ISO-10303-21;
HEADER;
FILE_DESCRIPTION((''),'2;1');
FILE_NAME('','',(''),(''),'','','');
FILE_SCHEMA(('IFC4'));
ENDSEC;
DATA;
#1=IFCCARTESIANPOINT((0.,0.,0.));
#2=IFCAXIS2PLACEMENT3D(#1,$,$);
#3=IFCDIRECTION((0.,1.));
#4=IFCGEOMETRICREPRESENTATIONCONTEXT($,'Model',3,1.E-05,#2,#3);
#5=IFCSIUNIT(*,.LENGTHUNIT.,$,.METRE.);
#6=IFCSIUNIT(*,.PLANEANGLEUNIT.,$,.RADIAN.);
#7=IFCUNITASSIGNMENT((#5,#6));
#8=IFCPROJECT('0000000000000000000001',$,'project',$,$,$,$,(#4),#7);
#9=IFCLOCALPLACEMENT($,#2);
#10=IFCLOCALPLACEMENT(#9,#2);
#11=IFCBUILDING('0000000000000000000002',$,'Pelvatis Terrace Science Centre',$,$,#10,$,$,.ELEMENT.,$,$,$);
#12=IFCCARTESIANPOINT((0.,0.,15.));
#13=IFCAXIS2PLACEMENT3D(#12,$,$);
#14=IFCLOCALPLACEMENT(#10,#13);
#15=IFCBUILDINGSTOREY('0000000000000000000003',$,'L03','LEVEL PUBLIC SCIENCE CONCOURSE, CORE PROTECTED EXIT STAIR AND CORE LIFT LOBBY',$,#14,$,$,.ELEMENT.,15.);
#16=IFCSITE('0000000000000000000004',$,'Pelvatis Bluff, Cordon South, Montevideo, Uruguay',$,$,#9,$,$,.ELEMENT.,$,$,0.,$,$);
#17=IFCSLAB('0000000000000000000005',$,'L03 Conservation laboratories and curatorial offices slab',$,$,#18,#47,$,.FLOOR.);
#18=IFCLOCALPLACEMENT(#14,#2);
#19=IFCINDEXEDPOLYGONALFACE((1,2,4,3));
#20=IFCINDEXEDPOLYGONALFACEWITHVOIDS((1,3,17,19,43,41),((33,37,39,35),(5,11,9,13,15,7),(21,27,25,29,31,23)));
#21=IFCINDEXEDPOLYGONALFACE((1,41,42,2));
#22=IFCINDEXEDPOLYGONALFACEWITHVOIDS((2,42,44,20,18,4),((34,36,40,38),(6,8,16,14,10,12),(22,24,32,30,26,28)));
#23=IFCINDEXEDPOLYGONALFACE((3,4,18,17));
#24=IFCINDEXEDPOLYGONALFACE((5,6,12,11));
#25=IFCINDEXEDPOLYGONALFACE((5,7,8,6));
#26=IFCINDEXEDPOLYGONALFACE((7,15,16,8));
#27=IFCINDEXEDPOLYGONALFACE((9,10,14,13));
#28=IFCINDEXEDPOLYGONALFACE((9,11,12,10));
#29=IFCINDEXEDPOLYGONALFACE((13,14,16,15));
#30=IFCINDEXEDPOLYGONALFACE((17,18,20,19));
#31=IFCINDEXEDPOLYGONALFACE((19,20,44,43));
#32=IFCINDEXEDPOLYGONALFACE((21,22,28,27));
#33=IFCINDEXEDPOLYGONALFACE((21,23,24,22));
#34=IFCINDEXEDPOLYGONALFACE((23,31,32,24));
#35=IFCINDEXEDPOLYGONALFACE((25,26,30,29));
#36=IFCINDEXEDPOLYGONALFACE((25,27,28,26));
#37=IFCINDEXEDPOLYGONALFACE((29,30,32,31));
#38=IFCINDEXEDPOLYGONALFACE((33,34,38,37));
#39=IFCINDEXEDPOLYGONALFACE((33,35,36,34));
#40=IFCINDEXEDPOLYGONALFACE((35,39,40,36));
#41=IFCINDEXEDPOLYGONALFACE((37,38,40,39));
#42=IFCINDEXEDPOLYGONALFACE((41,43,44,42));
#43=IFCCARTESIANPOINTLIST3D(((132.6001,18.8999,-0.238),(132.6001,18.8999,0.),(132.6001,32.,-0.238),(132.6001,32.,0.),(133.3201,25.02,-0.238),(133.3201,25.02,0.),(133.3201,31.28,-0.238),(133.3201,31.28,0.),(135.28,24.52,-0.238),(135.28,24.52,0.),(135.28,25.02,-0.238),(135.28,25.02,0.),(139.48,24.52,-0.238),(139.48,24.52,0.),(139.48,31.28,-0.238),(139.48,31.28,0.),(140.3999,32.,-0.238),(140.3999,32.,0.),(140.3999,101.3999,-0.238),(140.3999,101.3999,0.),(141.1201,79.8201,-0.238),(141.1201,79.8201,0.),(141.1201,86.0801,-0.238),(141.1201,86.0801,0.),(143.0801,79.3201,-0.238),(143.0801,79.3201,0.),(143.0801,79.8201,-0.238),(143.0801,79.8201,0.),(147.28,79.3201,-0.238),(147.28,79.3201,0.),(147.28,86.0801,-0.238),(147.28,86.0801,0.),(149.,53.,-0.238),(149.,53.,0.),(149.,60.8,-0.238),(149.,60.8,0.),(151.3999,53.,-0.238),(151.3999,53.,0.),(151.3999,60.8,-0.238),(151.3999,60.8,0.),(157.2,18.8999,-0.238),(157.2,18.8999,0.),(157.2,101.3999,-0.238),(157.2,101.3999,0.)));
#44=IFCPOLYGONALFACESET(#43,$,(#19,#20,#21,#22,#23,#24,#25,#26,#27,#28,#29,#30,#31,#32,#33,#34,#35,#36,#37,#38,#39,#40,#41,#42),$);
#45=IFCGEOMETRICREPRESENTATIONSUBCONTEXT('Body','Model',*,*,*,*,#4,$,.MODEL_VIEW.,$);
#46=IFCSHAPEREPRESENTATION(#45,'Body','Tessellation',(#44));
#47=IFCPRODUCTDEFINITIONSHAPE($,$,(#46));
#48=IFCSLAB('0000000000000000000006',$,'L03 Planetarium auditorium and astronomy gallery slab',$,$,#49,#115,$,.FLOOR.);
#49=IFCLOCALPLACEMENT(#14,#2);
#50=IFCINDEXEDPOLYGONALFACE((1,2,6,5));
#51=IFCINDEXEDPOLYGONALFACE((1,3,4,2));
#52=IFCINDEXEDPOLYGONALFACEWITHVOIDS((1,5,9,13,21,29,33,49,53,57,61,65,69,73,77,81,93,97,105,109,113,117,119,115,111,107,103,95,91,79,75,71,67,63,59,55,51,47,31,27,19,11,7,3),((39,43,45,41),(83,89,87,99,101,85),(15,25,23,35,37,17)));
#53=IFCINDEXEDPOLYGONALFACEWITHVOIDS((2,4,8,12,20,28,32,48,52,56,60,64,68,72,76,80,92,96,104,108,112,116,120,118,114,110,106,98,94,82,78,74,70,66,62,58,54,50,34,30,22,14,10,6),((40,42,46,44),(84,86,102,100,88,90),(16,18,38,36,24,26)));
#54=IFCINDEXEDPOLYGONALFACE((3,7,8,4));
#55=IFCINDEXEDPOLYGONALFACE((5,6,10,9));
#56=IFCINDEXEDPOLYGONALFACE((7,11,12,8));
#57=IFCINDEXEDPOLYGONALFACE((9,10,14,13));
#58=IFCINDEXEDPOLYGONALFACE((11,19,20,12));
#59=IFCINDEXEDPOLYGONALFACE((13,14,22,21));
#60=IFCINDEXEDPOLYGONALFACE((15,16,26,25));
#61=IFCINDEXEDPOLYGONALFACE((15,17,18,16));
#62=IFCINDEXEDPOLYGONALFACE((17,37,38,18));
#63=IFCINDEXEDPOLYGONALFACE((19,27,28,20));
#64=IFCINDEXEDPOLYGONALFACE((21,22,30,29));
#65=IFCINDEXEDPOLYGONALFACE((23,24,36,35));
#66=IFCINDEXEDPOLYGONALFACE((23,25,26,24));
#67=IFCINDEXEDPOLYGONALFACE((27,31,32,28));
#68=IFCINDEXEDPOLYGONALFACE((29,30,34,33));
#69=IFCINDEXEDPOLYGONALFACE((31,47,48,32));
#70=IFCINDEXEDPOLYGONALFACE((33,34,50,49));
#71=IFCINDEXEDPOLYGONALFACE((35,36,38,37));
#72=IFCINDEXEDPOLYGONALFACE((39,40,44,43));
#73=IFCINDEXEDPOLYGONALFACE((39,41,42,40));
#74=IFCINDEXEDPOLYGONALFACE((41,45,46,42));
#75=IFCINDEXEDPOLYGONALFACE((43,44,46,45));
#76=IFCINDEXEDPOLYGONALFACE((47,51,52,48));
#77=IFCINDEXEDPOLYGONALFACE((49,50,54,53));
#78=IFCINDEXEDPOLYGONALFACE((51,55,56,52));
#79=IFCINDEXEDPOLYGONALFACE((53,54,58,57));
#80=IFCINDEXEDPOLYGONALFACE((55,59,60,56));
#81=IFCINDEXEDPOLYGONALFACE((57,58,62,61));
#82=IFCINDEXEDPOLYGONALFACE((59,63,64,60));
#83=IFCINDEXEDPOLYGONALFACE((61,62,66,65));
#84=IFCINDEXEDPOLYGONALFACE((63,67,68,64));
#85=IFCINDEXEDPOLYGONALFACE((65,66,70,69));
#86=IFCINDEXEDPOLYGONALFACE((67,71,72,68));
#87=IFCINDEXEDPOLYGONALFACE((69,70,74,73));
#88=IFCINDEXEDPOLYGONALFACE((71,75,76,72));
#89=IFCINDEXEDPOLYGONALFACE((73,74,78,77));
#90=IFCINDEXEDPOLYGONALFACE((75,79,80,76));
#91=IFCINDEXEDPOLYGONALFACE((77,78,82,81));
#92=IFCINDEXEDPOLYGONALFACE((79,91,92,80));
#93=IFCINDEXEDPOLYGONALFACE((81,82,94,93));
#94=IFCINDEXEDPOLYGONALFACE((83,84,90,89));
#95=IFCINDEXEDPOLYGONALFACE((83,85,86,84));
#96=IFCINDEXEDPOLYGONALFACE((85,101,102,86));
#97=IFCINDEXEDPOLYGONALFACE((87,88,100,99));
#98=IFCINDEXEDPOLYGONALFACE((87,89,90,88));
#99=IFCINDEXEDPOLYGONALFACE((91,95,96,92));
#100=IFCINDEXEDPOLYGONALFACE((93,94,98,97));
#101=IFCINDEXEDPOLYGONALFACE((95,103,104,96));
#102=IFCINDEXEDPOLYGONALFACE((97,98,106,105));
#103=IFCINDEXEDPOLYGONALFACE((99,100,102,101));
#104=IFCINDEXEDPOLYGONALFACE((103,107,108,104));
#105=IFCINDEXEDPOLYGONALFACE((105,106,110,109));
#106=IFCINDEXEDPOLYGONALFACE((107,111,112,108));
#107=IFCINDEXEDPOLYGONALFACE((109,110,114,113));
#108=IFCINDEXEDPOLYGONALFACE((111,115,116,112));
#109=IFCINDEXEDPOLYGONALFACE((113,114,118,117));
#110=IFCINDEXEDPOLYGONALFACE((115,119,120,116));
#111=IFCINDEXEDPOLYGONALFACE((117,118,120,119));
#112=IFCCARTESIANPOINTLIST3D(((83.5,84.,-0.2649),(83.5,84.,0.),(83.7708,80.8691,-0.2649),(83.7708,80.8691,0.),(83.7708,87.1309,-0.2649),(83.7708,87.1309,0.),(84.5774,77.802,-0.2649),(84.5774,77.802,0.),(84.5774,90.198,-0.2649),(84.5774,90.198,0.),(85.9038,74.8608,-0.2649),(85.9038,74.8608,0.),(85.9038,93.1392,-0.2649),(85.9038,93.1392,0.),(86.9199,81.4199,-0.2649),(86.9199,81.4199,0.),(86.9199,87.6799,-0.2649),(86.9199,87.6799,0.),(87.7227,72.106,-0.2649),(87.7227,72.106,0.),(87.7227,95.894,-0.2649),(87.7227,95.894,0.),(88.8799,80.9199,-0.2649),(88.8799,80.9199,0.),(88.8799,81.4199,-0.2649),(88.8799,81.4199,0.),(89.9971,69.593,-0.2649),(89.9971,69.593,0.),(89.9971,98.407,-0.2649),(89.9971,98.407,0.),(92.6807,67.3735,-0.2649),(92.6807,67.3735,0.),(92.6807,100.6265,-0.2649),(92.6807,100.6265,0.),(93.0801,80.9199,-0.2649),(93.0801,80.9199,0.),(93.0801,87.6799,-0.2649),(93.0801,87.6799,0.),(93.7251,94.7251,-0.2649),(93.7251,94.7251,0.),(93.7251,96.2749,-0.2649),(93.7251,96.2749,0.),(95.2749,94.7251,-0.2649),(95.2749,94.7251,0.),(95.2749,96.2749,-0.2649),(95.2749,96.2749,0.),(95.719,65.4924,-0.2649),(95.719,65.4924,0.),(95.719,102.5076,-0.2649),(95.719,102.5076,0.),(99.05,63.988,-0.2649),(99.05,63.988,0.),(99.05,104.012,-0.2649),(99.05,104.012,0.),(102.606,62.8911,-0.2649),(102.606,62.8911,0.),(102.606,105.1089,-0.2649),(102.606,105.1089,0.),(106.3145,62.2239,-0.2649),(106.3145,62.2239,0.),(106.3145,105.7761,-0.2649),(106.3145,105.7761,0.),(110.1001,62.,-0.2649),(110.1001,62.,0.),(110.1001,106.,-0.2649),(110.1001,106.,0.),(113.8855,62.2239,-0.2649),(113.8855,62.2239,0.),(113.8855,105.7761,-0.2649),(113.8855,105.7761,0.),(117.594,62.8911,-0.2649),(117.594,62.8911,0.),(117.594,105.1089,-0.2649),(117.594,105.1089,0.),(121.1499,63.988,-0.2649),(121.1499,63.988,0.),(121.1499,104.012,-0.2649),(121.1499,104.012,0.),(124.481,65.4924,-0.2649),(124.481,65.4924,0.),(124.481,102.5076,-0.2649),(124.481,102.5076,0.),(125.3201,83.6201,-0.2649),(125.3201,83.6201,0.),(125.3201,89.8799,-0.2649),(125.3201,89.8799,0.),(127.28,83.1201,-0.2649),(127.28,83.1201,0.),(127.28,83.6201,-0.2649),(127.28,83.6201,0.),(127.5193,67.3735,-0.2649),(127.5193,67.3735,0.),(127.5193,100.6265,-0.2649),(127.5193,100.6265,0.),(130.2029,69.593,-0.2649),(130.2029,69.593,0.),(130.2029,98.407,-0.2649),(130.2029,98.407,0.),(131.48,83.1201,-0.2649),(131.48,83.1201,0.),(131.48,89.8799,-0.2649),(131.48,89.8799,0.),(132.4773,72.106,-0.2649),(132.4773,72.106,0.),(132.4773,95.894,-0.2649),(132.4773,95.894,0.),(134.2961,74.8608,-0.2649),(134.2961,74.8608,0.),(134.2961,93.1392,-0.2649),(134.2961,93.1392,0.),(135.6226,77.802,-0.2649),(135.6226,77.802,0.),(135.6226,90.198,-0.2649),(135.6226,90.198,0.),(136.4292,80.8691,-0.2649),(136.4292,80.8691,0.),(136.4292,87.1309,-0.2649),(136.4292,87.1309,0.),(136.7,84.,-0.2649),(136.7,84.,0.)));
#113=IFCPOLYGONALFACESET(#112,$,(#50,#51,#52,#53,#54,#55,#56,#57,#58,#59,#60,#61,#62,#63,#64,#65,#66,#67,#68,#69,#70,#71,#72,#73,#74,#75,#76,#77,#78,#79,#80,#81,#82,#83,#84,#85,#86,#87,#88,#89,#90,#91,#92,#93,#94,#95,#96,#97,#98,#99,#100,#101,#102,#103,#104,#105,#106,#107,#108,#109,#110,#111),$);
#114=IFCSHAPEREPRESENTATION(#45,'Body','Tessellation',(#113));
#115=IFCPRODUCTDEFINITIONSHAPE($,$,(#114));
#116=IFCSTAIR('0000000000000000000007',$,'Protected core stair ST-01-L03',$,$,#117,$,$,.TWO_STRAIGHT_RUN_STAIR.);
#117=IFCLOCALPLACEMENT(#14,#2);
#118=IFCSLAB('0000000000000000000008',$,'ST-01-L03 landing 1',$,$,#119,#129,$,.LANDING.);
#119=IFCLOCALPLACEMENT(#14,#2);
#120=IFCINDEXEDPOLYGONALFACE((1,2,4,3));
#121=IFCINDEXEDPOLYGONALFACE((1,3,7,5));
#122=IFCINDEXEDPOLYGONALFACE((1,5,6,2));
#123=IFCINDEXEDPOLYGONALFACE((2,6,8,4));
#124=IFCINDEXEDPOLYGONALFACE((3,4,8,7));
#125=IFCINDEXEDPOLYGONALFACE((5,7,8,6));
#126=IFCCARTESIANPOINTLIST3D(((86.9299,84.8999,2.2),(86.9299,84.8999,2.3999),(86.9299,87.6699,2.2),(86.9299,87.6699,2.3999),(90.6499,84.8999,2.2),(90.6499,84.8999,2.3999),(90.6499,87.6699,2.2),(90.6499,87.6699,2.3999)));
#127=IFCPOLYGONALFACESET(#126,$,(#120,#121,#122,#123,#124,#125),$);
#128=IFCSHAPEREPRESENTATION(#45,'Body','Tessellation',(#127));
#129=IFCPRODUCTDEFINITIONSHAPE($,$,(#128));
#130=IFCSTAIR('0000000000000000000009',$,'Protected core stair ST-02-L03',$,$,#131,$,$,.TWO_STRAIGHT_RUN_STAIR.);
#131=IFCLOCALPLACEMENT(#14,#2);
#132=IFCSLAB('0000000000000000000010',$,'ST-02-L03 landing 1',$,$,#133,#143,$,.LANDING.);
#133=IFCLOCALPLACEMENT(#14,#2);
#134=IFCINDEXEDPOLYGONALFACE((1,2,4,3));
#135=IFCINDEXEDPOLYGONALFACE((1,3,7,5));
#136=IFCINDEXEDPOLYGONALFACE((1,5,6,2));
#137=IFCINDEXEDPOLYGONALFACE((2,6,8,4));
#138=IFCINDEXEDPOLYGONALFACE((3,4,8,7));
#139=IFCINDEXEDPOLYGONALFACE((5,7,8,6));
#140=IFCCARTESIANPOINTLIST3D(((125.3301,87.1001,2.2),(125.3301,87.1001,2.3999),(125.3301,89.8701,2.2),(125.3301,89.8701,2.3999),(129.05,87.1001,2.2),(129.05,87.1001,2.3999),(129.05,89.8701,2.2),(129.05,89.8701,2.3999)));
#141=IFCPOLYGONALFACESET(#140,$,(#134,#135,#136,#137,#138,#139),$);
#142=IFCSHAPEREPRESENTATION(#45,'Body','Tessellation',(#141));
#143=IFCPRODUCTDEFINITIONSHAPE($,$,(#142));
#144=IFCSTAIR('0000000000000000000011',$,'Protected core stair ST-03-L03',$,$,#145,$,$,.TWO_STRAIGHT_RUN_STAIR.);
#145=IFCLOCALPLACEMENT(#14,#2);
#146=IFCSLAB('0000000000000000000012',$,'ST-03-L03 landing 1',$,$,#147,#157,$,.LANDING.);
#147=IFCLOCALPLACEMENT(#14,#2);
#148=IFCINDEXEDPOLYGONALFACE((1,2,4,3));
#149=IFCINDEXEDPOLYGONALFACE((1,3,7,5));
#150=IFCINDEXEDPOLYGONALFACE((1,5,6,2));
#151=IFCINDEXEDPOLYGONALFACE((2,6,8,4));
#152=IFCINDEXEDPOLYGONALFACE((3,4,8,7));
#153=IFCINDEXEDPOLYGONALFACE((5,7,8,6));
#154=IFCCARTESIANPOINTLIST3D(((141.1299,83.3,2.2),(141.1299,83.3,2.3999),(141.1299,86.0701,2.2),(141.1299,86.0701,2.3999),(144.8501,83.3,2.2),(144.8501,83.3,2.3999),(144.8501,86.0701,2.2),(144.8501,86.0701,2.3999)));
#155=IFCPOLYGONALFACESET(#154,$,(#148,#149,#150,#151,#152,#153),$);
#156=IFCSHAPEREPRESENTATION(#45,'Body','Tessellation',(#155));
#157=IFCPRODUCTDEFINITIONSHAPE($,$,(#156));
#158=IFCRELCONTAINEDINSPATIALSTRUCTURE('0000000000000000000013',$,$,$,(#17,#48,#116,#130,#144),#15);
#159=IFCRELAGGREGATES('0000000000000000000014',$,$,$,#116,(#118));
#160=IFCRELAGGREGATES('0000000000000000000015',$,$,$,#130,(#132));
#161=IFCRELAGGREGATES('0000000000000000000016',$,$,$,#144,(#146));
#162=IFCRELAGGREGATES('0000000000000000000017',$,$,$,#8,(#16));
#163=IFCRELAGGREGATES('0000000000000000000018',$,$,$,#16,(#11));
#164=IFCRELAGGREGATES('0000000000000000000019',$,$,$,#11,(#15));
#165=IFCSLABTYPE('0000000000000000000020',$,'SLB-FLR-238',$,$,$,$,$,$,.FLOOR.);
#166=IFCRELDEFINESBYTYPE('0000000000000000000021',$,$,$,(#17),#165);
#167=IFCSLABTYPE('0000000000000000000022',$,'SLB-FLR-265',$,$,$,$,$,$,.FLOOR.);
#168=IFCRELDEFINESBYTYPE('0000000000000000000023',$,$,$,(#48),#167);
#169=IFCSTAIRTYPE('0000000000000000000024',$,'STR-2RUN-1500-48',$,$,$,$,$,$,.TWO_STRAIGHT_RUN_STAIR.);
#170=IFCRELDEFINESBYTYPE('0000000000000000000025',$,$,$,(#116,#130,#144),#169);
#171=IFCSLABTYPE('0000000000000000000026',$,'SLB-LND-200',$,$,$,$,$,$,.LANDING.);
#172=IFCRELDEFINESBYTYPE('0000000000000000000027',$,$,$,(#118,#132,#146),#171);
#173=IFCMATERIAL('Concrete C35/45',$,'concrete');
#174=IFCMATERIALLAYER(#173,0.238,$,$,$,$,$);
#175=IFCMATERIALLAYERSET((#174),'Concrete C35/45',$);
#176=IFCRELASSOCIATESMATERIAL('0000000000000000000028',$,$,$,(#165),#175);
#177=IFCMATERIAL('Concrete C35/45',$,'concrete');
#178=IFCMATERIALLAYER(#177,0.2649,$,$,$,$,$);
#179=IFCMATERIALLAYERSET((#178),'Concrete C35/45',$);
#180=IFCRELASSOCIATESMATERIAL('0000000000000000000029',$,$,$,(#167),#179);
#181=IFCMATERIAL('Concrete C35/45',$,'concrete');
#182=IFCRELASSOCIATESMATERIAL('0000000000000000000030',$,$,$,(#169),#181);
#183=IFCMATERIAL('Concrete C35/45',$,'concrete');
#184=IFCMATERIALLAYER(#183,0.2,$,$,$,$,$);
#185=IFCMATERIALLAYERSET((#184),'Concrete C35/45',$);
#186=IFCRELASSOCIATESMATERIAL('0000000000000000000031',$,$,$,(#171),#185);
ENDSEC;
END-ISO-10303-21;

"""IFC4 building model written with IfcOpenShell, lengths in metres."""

from ifc_helpers import new_model, si_unit, direction, frame, origin, place, context, subcontext, project, spatial, polyline, outline, extrude, material, layer, layer_set, type_object, element, aggregate, save


model = new_model("IFC4")

# Units and contexts
model_context = context("Model", 3, precision=1e-05, world=origin(), true_north=direction((0.0, 1.0)))
body_context = subcontext(model_context, "Body", "Model", "MODEL_VIEW")
ifc_project = project(units=[si_unit("LENGTHUNIT", "METRE"), si_unit("PLANEANGLEUNIT", "RADIAN")], contexts=[model_context])

# Site, building, storey
site_placement = place(None, origin())
site = spatial("IfcSite", under=ifc_project, at=site_placement, Name="Pelvatis Bluff, Cordon South, Montevideo, Uruguay", CompositionType="ELEMENT", RefElevation=0.0)
building_placement = place(site_placement, origin())
building = spatial("IfcBuilding", under=site, at=building_placement, Name="Pelvatis Terrace Science Centre", CompositionType="ELEMENT")
storey_placement = place(building_placement, frame((0.0, 0.0, 15.0)))
storey = spatial("IfcBuildingStorey", under=building, at=storey_placement, Name="L03", Description="LEVEL PUBLIC SCIENCE CONCOURSE, CORE PROTECTED EXIT STAIR AND CORE LIFT LOBBY", CompositionType="ELEMENT", Elevation=15.0)

# Slabs
ifc_material_1 = material(Name="Concrete C35/45", Category="concrete")
ifc_layer_1 = layer(ifc_material_1, 0.238)
ifc_layer_set_1 = layer_set([ifc_layer_1], Name="Concrete C35/45")
slab_type_1 = type_object("IfcSlabType", Name="SLB-FLR-238", PredefinedType="FLOOR", material=ifc_layer_set_1)
slab_1_placement = place(storey_placement, frame((0.0, 0.0, -0.238)))
element("IfcSlab", 1, at=slab_1_placement, inside=storey, type_object=slab_type_1, Name="L03 Conservation laboratories and curatorial offices slab", PredefinedType="FLOOR", context=body_context, shape_type="SweptSolid", body=[
    extrude(outline(polyline([(140.3999, 32.0), (140.3999, 101.3999), (157.2, 101.3999), (157.2, 18.8999), (132.6001, 18.8999), (132.6001, 32.0), (140.3999, 32.0)]), holes=[polyline([(133.3201, 25.02), (135.28, 25.02), (135.28, 24.52), (139.48, 24.52), (139.48, 31.28), (133.3201, 31.28), (133.3201, 25.02)]), polyline([(149.0, 60.8), (149.0, 53.0), (151.3999, 53.0), (151.3999, 60.8), (149.0, 60.8)]), polyline([(141.1201, 86.0801), (141.1201, 79.8201), (143.0801, 79.8201), (143.0801, 79.3201), (147.28, 79.3201), (147.28, 86.0801), (141.1201, 86.0801)])]), origin(), (0.0, 0.0, 1.0), 0.238),
])
ifc_material_2 = material(Name="Concrete C35/45", Category="concrete")
ifc_layer_2 = layer(ifc_material_2, 0.2649)
ifc_layer_set_2 = layer_set([ifc_layer_2], Name="Concrete C35/45")
slab_type_2 = type_object("IfcSlabType", Name="SLB-FLR-265", PredefinedType="FLOOR", material=ifc_layer_set_2)
slab_2_placement = place(storey_placement, frame((0.0, 0.0, -0.2649)))
element("IfcSlab", 2, at=slab_2_placement, inside=storey, type_object=slab_type_2, Name="L03 Planetarium auditorium and astronomy gallery slab", PredefinedType="FLOOR", context=body_context, shape_type="SweptSolid", body=[
    extrude(outline(polyline([(136.4292, 80.8691), (135.6226, 77.802), (134.2961, 74.8608), (132.4773, 72.106), (130.2029, 69.593), (127.5193, 67.3735), (124.481, 65.4924), (121.1499, 63.988), (117.594, 62.8911), (113.8855, 62.2239), (110.1001, 62.0), (106.3145, 62.2239), (102.606, 62.8911), (99.05, 63.988), (95.719, 65.4924), (92.6807, 67.3735), (89.9971, 69.593), (87.7227, 72.106), (85.9038, 74.8608), (84.5774, 77.802), (83.7708, 80.8691), (83.5, 84.0), (83.7708, 87.1309), (84.5774, 90.198), (85.9038, 93.1392), (87.7227, 95.894), (89.9971, 98.407), (92.6807, 100.6265), (95.719, 102.5076), (99.05, 104.012), (102.606, 105.1089), (106.3145, 105.7761), (110.1001, 106.0), (113.8855, 105.7761), (117.594, 105.1089), (121.1499, 104.012), (124.481, 102.5076), (127.5193, 100.6265), (130.2029, 98.407), (132.4773, 95.894), (134.2961, 93.1392), (135.6226, 90.198), (136.4292, 87.1309), (136.7, 84.0), (136.4292, 80.8691)]), holes=[polyline([(86.9199, 81.4199), (88.8799, 81.4199), (88.8799, 80.9199), (93.0801, 80.9199), (93.0801, 87.6799), (86.9199, 87.6799), (86.9199, 81.4199)]), polyline([(125.3201, 89.8799), (125.3201, 83.6201), (127.28, 83.6201), (127.28, 83.1201), (131.48, 83.1201), (131.48, 89.8799), (125.3201, 89.8799)]), polyline([(93.7251, 96.2749), (93.7251, 94.7251), (95.2749, 94.7251), (95.2749, 96.2749), (93.7251, 96.2749)])]), origin(), (0.0, 0.0, 1.0), 0.2649),
])

# Stairs, slabs
ifc_material_3 = material(Name="Concrete C35/45", Category="concrete")
stair_type = type_object("IfcStairType", Name="STR-2RUN-1500-48", PredefinedType="TWO_STRAIGHT_RUN_STAIR", material=ifc_material_3)
stair_1_placement = place(storey_placement, origin())
stair_1 = element("IfcStair", 3, at=stair_1_placement, inside=storey, type_object=stair_type, Name="Protected core stair ST-01-L03", PredefinedType="TWO_STRAIGHT_RUN_STAIR")
ifc_material_4 = material(Name="Concrete C35/45", Category="concrete")
ifc_layer_3 = layer(ifc_material_4, 0.2)
ifc_layer_set_3 = layer_set([ifc_layer_3], Name="Concrete C35/45")
slab_type_3 = type_object("IfcSlabType", Name="SLB-LND-200", PredefinedType="LANDING", material=ifc_layer_set_3)
slab_3_placement = place(storey_placement, frame((0.0, 0.0, 2.2)))
slab_3 = element("IfcSlab", 4, at=slab_3_placement, type_object=slab_type_3, Name="ST-01-L03 landing 1", PredefinedType="LANDING", context=body_context, shape_type="SweptSolid", body=[
    extrude(outline(polyline([(86.9299, 84.8999), (90.6499, 84.8999), (90.6499, 87.6699), (86.9299, 87.6699), (86.9299, 84.8999)])), origin(), (0.0, 0.0, 1.0), 0.2),
])
aggregate(stair_1, [slab_3])
stair_2_placement = place(storey_placement, origin())
stair_2 = element("IfcStair", 5, at=stair_2_placement, inside=storey, type_object=stair_type, Name="Protected core stair ST-02-L03", PredefinedType="TWO_STRAIGHT_RUN_STAIR")
slab_4_placement = place(storey_placement, frame((0.0, 0.0, 2.2)))
slab_4 = element("IfcSlab", 6, at=slab_4_placement, type_object=slab_type_3, Name="ST-02-L03 landing 1", PredefinedType="LANDING", context=body_context, shape_type="SweptSolid", body=[
    extrude(outline(polyline([(125.3301, 87.1001), (129.05, 87.1001), (129.05, 89.8701), (125.3301, 89.8701), (125.3301, 87.1001)])), origin(), (0.0, 0.0, 1.0), 0.2),
])
aggregate(stair_2, [slab_4])
stair_3_placement = place(storey_placement, origin())
stair_3 = element("IfcStair", 7, at=stair_3_placement, inside=storey, type_object=stair_type, Name="Protected core stair ST-03-L03", PredefinedType="TWO_STRAIGHT_RUN_STAIR")
slab_5_placement = place(storey_placement, frame((0.0, 0.0, 2.2)))
slab_5 = element("IfcSlab", 8, at=slab_5_placement, type_object=slab_type_3, Name="ST-03-L03 landing 1", PredefinedType="LANDING", context=body_context, shape_type="SweptSolid", body=[
    extrude(outline(polyline([(141.1299, 83.3), (144.8501, 83.3), (144.8501, 86.0701), (141.1299, 86.0701), (141.1299, 83.3)])), origin(), (0.0, 0.0, 1.0), 0.2),
])
aggregate(stair_3, [slab_5])

save(model, "model.ifc")
